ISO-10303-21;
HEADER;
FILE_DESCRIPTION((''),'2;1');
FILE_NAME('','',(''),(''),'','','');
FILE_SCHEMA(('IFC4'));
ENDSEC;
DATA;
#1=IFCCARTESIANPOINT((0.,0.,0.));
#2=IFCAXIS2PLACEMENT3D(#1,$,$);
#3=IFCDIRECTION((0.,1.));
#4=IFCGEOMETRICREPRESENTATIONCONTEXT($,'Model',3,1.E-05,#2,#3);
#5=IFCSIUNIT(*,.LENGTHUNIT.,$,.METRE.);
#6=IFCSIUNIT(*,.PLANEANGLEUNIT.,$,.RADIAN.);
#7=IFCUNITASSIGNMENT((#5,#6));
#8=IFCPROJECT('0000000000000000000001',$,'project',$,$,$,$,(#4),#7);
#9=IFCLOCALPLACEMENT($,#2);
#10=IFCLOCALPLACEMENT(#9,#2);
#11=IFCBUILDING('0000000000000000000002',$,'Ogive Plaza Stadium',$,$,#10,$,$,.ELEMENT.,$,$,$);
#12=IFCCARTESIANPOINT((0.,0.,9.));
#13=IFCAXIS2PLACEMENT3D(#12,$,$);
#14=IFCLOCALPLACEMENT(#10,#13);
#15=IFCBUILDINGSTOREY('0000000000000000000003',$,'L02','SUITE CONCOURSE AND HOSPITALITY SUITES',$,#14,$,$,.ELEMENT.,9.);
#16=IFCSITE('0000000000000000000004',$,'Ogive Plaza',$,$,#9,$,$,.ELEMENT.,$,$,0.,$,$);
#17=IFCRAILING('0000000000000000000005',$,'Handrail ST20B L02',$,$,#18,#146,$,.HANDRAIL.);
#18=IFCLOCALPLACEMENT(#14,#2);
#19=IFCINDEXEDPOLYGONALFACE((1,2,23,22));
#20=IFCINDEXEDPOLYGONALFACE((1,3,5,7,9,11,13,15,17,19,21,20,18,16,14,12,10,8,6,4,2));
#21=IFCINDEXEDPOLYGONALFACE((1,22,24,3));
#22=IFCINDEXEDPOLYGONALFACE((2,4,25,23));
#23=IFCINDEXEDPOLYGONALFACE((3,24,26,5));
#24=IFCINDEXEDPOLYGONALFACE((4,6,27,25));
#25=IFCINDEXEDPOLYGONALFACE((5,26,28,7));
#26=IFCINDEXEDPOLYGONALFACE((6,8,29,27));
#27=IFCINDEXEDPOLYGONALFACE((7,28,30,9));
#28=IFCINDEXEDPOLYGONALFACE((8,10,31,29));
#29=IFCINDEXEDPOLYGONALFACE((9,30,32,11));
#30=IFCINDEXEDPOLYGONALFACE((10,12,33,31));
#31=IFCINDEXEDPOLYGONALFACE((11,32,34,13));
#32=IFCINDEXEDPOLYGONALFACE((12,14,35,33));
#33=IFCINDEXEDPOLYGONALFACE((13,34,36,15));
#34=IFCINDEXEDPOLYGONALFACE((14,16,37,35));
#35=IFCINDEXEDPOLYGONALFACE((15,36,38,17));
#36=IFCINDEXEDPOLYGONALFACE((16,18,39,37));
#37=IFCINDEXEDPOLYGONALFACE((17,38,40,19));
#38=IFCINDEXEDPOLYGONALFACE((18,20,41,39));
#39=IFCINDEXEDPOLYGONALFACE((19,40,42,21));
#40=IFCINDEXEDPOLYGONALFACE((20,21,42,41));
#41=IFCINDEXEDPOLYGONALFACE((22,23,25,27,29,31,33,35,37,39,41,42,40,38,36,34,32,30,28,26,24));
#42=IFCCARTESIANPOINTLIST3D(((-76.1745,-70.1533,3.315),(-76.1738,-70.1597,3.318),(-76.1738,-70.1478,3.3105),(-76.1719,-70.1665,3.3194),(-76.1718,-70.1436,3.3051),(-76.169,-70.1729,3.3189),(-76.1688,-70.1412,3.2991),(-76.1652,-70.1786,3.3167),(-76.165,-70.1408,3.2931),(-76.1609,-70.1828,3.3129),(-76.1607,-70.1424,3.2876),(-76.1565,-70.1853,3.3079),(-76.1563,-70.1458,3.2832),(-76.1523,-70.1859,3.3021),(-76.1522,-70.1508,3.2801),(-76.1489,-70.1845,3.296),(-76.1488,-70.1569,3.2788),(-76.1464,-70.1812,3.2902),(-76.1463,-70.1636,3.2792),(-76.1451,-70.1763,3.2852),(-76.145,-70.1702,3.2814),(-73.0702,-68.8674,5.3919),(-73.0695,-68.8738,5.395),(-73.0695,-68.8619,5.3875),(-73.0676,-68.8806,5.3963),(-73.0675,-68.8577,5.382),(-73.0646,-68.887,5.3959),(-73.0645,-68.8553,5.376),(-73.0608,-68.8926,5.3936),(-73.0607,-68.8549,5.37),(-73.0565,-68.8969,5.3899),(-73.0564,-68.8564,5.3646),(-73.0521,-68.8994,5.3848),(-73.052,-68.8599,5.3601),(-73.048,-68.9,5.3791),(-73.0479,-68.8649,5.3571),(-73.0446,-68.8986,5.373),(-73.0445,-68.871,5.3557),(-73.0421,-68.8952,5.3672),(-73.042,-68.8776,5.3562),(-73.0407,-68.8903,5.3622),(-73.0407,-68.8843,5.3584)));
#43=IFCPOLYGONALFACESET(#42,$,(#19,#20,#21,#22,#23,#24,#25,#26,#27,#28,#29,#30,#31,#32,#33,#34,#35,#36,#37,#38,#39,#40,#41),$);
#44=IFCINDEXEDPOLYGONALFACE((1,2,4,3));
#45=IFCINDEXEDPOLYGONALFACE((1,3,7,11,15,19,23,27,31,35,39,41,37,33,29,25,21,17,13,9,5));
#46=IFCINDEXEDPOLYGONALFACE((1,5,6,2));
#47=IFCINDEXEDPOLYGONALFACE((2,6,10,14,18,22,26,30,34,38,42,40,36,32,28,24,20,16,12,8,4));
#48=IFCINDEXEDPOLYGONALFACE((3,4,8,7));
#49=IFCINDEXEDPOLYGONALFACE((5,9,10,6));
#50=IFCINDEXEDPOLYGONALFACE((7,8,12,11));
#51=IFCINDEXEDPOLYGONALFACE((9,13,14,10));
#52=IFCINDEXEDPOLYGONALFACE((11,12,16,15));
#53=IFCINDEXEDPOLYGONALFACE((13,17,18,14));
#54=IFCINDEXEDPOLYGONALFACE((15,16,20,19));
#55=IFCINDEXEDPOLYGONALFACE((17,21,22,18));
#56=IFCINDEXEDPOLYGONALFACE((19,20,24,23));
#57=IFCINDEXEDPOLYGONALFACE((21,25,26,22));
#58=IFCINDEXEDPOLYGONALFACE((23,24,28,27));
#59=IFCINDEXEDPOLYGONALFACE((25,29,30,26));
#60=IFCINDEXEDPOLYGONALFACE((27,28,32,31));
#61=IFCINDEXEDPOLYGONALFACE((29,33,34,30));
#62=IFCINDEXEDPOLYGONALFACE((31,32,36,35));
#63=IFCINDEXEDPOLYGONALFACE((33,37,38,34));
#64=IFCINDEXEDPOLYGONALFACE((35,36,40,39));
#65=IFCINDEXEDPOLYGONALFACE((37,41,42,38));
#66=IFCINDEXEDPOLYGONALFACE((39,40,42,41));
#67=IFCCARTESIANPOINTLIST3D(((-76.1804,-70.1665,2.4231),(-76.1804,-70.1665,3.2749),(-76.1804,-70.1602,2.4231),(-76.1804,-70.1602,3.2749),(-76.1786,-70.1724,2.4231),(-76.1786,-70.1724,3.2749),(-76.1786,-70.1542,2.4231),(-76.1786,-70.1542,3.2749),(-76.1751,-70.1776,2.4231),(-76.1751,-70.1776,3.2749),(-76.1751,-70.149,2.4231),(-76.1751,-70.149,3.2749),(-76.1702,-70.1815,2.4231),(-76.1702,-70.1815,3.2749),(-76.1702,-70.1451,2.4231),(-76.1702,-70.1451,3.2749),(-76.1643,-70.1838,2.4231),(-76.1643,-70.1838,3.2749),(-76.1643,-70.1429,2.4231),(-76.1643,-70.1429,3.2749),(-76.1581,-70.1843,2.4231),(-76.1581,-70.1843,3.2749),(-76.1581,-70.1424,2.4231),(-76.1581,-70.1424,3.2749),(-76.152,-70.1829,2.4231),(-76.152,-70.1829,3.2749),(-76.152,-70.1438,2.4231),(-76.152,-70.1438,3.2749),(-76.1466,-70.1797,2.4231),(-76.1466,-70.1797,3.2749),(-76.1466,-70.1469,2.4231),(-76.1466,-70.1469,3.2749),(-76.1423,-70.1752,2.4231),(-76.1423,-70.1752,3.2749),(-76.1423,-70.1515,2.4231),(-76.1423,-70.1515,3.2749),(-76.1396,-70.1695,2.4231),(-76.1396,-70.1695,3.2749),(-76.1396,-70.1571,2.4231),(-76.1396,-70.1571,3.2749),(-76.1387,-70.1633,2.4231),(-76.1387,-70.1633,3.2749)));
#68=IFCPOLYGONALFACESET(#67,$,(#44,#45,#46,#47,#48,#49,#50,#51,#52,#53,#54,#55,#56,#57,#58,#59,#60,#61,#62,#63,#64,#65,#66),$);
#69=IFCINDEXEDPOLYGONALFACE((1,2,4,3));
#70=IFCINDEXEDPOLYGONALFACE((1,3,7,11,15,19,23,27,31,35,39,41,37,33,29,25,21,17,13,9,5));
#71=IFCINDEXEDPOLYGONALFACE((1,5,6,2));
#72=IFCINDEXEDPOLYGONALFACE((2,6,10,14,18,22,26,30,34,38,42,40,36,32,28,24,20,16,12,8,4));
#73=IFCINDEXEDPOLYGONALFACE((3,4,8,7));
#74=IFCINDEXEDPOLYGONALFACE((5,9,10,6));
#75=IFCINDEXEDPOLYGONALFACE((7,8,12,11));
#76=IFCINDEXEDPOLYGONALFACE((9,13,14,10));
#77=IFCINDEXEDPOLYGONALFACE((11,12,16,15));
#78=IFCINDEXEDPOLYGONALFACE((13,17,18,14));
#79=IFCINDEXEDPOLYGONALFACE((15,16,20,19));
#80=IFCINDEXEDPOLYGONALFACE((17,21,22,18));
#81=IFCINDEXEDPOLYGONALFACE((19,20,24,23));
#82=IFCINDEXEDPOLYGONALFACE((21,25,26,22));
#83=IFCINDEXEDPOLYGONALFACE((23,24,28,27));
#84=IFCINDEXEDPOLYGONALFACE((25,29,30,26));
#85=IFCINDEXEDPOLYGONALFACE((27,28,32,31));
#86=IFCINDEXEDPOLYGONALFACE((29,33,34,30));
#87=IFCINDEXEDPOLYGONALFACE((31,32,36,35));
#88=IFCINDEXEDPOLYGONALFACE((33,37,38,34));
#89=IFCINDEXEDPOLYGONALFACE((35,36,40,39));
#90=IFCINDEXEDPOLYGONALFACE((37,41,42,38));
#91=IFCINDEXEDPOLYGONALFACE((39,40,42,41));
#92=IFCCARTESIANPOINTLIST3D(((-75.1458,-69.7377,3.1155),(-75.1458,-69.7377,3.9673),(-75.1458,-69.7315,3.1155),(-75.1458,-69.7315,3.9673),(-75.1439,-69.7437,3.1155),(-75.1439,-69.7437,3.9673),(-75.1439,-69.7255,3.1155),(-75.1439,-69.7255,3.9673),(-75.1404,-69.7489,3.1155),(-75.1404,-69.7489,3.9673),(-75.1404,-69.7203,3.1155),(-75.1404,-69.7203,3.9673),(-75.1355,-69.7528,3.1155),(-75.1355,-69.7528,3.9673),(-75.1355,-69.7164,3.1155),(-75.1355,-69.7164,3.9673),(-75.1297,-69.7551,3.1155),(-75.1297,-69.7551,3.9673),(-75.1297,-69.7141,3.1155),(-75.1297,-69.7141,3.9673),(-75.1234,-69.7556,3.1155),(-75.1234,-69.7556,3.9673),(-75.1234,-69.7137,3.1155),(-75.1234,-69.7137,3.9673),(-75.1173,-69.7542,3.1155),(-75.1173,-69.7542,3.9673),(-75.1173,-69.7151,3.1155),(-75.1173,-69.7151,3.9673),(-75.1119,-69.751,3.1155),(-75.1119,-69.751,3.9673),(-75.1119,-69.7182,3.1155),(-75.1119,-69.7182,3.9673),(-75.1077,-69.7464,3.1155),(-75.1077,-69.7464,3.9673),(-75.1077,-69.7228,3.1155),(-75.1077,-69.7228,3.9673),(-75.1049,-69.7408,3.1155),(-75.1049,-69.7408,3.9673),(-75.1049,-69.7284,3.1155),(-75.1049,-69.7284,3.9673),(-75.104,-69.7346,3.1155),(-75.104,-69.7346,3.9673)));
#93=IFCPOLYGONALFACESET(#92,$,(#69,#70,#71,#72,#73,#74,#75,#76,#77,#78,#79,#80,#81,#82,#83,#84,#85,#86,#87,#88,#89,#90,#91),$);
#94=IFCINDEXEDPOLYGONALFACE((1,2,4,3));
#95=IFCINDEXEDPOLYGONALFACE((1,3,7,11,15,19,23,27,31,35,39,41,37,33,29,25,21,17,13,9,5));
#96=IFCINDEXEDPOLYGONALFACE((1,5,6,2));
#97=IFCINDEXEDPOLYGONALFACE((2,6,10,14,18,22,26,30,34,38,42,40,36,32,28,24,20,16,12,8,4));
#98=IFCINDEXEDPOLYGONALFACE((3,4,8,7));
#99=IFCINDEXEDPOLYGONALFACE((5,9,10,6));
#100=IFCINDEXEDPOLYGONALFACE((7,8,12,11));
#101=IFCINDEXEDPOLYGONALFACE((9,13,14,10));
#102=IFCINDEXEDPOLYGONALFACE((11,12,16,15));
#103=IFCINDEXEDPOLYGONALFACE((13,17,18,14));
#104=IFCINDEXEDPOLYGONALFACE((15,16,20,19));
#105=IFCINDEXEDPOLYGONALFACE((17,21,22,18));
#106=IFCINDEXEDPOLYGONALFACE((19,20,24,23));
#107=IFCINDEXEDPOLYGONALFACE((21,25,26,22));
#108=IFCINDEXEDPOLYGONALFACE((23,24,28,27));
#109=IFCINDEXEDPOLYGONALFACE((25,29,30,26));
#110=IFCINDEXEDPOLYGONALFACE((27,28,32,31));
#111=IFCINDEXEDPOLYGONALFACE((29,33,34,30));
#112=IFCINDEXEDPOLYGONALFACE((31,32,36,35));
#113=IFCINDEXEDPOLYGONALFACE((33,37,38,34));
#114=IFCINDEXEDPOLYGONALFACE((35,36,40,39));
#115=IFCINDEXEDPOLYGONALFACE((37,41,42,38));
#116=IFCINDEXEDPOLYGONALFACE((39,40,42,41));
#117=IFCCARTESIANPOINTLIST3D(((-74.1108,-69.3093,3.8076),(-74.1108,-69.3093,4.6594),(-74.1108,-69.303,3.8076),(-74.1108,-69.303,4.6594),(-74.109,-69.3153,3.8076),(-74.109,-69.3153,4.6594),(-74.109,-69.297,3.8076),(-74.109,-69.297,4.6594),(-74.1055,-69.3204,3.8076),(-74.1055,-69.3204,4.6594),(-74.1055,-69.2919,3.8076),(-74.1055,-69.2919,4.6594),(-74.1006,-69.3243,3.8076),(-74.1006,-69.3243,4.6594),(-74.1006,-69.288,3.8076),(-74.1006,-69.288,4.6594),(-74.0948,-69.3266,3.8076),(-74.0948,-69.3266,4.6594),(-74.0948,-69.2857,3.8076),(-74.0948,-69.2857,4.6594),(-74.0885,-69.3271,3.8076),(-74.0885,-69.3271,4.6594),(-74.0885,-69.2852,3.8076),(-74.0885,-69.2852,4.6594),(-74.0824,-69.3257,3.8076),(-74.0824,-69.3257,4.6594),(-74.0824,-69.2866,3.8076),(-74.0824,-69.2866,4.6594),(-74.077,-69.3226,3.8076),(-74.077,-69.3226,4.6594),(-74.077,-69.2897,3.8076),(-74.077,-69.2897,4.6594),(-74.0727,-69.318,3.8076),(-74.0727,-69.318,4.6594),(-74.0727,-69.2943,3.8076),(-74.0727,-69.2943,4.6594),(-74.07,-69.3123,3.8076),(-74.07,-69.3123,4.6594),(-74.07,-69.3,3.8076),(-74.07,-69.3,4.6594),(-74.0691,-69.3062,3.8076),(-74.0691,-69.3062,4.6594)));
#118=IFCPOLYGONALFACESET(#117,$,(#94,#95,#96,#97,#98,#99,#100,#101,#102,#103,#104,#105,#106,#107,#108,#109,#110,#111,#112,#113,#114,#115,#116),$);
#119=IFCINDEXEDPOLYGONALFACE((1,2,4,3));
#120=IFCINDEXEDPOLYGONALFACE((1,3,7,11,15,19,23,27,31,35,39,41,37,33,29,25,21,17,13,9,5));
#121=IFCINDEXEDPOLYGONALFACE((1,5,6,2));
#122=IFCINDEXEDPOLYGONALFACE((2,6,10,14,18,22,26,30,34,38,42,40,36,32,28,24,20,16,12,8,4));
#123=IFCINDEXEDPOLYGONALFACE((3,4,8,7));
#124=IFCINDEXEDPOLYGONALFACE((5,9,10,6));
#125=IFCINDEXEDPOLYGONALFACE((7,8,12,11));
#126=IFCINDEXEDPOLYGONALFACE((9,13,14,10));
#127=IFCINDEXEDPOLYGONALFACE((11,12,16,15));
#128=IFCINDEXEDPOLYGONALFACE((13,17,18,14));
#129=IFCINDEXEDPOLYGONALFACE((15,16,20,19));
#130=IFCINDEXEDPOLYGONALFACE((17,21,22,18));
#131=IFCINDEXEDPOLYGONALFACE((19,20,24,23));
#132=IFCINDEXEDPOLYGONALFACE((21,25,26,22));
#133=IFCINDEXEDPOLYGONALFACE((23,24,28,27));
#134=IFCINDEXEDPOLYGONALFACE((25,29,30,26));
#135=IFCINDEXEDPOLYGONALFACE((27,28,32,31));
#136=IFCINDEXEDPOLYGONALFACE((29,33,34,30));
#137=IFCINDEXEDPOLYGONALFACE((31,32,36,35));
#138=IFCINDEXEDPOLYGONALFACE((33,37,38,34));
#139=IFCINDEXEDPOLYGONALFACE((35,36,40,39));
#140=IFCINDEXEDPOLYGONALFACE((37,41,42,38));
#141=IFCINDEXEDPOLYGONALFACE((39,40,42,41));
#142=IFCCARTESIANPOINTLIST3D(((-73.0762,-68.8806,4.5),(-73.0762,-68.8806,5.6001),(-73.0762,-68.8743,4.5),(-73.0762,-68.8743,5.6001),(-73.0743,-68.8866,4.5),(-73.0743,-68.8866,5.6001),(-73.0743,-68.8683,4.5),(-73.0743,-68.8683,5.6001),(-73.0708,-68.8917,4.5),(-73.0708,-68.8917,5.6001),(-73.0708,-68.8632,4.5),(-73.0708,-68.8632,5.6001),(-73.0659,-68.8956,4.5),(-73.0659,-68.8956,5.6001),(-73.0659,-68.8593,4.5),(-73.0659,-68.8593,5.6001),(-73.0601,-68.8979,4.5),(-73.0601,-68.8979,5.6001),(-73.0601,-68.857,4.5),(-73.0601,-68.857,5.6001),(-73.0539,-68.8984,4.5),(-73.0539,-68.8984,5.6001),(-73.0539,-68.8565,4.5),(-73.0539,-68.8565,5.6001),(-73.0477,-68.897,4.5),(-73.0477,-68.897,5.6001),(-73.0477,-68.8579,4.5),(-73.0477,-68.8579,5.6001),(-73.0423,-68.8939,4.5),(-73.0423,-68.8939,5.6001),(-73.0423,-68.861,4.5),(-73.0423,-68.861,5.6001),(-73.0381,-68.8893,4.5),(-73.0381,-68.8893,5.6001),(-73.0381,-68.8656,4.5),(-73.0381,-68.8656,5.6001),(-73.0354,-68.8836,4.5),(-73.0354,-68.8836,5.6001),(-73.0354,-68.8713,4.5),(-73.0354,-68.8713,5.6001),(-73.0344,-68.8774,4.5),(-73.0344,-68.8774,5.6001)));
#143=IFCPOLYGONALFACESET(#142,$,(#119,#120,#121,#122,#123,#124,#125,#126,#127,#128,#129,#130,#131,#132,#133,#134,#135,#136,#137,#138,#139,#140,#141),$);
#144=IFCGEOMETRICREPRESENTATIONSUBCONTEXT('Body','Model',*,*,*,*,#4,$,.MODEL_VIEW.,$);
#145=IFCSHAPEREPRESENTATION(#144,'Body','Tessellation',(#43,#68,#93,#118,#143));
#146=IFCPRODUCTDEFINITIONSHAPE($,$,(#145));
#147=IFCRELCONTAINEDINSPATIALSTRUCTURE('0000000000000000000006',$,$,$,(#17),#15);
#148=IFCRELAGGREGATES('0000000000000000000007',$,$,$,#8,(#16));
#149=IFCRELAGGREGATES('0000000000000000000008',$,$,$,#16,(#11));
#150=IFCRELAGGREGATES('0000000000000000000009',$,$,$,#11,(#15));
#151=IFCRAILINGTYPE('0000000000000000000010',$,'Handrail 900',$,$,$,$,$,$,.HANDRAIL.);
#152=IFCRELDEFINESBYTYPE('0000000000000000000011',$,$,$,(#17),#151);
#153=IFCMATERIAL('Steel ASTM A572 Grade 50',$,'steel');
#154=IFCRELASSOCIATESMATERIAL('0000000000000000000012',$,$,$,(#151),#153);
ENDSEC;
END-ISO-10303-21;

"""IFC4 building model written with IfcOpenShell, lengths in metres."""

from ifc_helpers import new_model, si_unit, direction, frame, origin, origin_2d, place, context, subcontext, project, spatial, circle, extrude, material, type_object, element, save


model = new_model("IFC4")

# Units and contexts
model_context = context("Model", 3, precision=1e-05, world=origin(), true_north=direction((0.0, 1.0)))
body_context = subcontext(model_context, "Body", "Model", "MODEL_VIEW")
ifc_project = project(units=[si_unit("LENGTHUNIT", "METRE"), si_unit("PLANEANGLEUNIT", "RADIAN")], contexts=[model_context])

# Site, building, storey
site_placement = place(None, origin())
site = spatial("IfcSite", under=ifc_project, at=site_placement, Name="Ogive Plaza", CompositionType="ELEMENT", RefElevation=0.0)
building_placement = place(site_placement, origin())
building = spatial("IfcBuilding", under=site, at=building_placement, Name="Ogive Plaza Stadium", CompositionType="ELEMENT")
storey_placement = place(building_placement, frame((0.0, 0.0, 9.0)))
storey = spatial("IfcBuildingStorey", under=building, at=storey_placement, Name="L02", Description="SUITE CONCOURSE AND HOSPITALITY SUITES", CompositionType="ELEMENT", Elevation=9.0)

# Railing
ifc_material_1 = material(Name="Steel ASTM A572 Grade 50", Category="steel")
railing_type_1 = type_object("IfcRailingType", Name="Handrail 900", PredefinedType="HANDRAIL", material=ifc_material_1)
for number, where, name in (
    (1, (-76.1597, -70.1633, 2.4231), "Handrail ST20B L02"),
):
    element("IfcRailing", number, at=place(storey_placement, frame(where)), inside=storey, type_object=railing_type_1, Name=name, PredefinedType="HANDRAIL", context=body_context, shape_type="SweptSolid", body=[
        extrude(circle(Radius=0.0239, at=origin_2d()), frame((0.0, 0.0, 0.876), z_axis=(0.785863, 0.325532, 0.525783), x_axis=(-0.3827, 0.923872, 0.0)), (0.0, 0.0, 1.0), 3.9502),
        extrude(circle(Radius=0.021, at=origin_2d()), origin(), (0.0, 0.0, 1.0), 0.8518),
        extrude(circle(Radius=0.021, at=origin_2d()), frame((1.0347, 0.4287, 0.6924)), (0.0, 0.0, 1.0), 0.8518),
        extrude(circle(Radius=0.021, at=origin_2d()), frame((2.0696, 0.8572, 1.3845)), (0.0, 0.0, 1.0), 0.8518),
        extrude(circle(Radius=0.021, at=origin_2d()), frame((3.1042, 1.2859, 2.0769)), (0.0, 0.0, 1.0), 1.1001),
    ])

save(model, "model.ifc")
